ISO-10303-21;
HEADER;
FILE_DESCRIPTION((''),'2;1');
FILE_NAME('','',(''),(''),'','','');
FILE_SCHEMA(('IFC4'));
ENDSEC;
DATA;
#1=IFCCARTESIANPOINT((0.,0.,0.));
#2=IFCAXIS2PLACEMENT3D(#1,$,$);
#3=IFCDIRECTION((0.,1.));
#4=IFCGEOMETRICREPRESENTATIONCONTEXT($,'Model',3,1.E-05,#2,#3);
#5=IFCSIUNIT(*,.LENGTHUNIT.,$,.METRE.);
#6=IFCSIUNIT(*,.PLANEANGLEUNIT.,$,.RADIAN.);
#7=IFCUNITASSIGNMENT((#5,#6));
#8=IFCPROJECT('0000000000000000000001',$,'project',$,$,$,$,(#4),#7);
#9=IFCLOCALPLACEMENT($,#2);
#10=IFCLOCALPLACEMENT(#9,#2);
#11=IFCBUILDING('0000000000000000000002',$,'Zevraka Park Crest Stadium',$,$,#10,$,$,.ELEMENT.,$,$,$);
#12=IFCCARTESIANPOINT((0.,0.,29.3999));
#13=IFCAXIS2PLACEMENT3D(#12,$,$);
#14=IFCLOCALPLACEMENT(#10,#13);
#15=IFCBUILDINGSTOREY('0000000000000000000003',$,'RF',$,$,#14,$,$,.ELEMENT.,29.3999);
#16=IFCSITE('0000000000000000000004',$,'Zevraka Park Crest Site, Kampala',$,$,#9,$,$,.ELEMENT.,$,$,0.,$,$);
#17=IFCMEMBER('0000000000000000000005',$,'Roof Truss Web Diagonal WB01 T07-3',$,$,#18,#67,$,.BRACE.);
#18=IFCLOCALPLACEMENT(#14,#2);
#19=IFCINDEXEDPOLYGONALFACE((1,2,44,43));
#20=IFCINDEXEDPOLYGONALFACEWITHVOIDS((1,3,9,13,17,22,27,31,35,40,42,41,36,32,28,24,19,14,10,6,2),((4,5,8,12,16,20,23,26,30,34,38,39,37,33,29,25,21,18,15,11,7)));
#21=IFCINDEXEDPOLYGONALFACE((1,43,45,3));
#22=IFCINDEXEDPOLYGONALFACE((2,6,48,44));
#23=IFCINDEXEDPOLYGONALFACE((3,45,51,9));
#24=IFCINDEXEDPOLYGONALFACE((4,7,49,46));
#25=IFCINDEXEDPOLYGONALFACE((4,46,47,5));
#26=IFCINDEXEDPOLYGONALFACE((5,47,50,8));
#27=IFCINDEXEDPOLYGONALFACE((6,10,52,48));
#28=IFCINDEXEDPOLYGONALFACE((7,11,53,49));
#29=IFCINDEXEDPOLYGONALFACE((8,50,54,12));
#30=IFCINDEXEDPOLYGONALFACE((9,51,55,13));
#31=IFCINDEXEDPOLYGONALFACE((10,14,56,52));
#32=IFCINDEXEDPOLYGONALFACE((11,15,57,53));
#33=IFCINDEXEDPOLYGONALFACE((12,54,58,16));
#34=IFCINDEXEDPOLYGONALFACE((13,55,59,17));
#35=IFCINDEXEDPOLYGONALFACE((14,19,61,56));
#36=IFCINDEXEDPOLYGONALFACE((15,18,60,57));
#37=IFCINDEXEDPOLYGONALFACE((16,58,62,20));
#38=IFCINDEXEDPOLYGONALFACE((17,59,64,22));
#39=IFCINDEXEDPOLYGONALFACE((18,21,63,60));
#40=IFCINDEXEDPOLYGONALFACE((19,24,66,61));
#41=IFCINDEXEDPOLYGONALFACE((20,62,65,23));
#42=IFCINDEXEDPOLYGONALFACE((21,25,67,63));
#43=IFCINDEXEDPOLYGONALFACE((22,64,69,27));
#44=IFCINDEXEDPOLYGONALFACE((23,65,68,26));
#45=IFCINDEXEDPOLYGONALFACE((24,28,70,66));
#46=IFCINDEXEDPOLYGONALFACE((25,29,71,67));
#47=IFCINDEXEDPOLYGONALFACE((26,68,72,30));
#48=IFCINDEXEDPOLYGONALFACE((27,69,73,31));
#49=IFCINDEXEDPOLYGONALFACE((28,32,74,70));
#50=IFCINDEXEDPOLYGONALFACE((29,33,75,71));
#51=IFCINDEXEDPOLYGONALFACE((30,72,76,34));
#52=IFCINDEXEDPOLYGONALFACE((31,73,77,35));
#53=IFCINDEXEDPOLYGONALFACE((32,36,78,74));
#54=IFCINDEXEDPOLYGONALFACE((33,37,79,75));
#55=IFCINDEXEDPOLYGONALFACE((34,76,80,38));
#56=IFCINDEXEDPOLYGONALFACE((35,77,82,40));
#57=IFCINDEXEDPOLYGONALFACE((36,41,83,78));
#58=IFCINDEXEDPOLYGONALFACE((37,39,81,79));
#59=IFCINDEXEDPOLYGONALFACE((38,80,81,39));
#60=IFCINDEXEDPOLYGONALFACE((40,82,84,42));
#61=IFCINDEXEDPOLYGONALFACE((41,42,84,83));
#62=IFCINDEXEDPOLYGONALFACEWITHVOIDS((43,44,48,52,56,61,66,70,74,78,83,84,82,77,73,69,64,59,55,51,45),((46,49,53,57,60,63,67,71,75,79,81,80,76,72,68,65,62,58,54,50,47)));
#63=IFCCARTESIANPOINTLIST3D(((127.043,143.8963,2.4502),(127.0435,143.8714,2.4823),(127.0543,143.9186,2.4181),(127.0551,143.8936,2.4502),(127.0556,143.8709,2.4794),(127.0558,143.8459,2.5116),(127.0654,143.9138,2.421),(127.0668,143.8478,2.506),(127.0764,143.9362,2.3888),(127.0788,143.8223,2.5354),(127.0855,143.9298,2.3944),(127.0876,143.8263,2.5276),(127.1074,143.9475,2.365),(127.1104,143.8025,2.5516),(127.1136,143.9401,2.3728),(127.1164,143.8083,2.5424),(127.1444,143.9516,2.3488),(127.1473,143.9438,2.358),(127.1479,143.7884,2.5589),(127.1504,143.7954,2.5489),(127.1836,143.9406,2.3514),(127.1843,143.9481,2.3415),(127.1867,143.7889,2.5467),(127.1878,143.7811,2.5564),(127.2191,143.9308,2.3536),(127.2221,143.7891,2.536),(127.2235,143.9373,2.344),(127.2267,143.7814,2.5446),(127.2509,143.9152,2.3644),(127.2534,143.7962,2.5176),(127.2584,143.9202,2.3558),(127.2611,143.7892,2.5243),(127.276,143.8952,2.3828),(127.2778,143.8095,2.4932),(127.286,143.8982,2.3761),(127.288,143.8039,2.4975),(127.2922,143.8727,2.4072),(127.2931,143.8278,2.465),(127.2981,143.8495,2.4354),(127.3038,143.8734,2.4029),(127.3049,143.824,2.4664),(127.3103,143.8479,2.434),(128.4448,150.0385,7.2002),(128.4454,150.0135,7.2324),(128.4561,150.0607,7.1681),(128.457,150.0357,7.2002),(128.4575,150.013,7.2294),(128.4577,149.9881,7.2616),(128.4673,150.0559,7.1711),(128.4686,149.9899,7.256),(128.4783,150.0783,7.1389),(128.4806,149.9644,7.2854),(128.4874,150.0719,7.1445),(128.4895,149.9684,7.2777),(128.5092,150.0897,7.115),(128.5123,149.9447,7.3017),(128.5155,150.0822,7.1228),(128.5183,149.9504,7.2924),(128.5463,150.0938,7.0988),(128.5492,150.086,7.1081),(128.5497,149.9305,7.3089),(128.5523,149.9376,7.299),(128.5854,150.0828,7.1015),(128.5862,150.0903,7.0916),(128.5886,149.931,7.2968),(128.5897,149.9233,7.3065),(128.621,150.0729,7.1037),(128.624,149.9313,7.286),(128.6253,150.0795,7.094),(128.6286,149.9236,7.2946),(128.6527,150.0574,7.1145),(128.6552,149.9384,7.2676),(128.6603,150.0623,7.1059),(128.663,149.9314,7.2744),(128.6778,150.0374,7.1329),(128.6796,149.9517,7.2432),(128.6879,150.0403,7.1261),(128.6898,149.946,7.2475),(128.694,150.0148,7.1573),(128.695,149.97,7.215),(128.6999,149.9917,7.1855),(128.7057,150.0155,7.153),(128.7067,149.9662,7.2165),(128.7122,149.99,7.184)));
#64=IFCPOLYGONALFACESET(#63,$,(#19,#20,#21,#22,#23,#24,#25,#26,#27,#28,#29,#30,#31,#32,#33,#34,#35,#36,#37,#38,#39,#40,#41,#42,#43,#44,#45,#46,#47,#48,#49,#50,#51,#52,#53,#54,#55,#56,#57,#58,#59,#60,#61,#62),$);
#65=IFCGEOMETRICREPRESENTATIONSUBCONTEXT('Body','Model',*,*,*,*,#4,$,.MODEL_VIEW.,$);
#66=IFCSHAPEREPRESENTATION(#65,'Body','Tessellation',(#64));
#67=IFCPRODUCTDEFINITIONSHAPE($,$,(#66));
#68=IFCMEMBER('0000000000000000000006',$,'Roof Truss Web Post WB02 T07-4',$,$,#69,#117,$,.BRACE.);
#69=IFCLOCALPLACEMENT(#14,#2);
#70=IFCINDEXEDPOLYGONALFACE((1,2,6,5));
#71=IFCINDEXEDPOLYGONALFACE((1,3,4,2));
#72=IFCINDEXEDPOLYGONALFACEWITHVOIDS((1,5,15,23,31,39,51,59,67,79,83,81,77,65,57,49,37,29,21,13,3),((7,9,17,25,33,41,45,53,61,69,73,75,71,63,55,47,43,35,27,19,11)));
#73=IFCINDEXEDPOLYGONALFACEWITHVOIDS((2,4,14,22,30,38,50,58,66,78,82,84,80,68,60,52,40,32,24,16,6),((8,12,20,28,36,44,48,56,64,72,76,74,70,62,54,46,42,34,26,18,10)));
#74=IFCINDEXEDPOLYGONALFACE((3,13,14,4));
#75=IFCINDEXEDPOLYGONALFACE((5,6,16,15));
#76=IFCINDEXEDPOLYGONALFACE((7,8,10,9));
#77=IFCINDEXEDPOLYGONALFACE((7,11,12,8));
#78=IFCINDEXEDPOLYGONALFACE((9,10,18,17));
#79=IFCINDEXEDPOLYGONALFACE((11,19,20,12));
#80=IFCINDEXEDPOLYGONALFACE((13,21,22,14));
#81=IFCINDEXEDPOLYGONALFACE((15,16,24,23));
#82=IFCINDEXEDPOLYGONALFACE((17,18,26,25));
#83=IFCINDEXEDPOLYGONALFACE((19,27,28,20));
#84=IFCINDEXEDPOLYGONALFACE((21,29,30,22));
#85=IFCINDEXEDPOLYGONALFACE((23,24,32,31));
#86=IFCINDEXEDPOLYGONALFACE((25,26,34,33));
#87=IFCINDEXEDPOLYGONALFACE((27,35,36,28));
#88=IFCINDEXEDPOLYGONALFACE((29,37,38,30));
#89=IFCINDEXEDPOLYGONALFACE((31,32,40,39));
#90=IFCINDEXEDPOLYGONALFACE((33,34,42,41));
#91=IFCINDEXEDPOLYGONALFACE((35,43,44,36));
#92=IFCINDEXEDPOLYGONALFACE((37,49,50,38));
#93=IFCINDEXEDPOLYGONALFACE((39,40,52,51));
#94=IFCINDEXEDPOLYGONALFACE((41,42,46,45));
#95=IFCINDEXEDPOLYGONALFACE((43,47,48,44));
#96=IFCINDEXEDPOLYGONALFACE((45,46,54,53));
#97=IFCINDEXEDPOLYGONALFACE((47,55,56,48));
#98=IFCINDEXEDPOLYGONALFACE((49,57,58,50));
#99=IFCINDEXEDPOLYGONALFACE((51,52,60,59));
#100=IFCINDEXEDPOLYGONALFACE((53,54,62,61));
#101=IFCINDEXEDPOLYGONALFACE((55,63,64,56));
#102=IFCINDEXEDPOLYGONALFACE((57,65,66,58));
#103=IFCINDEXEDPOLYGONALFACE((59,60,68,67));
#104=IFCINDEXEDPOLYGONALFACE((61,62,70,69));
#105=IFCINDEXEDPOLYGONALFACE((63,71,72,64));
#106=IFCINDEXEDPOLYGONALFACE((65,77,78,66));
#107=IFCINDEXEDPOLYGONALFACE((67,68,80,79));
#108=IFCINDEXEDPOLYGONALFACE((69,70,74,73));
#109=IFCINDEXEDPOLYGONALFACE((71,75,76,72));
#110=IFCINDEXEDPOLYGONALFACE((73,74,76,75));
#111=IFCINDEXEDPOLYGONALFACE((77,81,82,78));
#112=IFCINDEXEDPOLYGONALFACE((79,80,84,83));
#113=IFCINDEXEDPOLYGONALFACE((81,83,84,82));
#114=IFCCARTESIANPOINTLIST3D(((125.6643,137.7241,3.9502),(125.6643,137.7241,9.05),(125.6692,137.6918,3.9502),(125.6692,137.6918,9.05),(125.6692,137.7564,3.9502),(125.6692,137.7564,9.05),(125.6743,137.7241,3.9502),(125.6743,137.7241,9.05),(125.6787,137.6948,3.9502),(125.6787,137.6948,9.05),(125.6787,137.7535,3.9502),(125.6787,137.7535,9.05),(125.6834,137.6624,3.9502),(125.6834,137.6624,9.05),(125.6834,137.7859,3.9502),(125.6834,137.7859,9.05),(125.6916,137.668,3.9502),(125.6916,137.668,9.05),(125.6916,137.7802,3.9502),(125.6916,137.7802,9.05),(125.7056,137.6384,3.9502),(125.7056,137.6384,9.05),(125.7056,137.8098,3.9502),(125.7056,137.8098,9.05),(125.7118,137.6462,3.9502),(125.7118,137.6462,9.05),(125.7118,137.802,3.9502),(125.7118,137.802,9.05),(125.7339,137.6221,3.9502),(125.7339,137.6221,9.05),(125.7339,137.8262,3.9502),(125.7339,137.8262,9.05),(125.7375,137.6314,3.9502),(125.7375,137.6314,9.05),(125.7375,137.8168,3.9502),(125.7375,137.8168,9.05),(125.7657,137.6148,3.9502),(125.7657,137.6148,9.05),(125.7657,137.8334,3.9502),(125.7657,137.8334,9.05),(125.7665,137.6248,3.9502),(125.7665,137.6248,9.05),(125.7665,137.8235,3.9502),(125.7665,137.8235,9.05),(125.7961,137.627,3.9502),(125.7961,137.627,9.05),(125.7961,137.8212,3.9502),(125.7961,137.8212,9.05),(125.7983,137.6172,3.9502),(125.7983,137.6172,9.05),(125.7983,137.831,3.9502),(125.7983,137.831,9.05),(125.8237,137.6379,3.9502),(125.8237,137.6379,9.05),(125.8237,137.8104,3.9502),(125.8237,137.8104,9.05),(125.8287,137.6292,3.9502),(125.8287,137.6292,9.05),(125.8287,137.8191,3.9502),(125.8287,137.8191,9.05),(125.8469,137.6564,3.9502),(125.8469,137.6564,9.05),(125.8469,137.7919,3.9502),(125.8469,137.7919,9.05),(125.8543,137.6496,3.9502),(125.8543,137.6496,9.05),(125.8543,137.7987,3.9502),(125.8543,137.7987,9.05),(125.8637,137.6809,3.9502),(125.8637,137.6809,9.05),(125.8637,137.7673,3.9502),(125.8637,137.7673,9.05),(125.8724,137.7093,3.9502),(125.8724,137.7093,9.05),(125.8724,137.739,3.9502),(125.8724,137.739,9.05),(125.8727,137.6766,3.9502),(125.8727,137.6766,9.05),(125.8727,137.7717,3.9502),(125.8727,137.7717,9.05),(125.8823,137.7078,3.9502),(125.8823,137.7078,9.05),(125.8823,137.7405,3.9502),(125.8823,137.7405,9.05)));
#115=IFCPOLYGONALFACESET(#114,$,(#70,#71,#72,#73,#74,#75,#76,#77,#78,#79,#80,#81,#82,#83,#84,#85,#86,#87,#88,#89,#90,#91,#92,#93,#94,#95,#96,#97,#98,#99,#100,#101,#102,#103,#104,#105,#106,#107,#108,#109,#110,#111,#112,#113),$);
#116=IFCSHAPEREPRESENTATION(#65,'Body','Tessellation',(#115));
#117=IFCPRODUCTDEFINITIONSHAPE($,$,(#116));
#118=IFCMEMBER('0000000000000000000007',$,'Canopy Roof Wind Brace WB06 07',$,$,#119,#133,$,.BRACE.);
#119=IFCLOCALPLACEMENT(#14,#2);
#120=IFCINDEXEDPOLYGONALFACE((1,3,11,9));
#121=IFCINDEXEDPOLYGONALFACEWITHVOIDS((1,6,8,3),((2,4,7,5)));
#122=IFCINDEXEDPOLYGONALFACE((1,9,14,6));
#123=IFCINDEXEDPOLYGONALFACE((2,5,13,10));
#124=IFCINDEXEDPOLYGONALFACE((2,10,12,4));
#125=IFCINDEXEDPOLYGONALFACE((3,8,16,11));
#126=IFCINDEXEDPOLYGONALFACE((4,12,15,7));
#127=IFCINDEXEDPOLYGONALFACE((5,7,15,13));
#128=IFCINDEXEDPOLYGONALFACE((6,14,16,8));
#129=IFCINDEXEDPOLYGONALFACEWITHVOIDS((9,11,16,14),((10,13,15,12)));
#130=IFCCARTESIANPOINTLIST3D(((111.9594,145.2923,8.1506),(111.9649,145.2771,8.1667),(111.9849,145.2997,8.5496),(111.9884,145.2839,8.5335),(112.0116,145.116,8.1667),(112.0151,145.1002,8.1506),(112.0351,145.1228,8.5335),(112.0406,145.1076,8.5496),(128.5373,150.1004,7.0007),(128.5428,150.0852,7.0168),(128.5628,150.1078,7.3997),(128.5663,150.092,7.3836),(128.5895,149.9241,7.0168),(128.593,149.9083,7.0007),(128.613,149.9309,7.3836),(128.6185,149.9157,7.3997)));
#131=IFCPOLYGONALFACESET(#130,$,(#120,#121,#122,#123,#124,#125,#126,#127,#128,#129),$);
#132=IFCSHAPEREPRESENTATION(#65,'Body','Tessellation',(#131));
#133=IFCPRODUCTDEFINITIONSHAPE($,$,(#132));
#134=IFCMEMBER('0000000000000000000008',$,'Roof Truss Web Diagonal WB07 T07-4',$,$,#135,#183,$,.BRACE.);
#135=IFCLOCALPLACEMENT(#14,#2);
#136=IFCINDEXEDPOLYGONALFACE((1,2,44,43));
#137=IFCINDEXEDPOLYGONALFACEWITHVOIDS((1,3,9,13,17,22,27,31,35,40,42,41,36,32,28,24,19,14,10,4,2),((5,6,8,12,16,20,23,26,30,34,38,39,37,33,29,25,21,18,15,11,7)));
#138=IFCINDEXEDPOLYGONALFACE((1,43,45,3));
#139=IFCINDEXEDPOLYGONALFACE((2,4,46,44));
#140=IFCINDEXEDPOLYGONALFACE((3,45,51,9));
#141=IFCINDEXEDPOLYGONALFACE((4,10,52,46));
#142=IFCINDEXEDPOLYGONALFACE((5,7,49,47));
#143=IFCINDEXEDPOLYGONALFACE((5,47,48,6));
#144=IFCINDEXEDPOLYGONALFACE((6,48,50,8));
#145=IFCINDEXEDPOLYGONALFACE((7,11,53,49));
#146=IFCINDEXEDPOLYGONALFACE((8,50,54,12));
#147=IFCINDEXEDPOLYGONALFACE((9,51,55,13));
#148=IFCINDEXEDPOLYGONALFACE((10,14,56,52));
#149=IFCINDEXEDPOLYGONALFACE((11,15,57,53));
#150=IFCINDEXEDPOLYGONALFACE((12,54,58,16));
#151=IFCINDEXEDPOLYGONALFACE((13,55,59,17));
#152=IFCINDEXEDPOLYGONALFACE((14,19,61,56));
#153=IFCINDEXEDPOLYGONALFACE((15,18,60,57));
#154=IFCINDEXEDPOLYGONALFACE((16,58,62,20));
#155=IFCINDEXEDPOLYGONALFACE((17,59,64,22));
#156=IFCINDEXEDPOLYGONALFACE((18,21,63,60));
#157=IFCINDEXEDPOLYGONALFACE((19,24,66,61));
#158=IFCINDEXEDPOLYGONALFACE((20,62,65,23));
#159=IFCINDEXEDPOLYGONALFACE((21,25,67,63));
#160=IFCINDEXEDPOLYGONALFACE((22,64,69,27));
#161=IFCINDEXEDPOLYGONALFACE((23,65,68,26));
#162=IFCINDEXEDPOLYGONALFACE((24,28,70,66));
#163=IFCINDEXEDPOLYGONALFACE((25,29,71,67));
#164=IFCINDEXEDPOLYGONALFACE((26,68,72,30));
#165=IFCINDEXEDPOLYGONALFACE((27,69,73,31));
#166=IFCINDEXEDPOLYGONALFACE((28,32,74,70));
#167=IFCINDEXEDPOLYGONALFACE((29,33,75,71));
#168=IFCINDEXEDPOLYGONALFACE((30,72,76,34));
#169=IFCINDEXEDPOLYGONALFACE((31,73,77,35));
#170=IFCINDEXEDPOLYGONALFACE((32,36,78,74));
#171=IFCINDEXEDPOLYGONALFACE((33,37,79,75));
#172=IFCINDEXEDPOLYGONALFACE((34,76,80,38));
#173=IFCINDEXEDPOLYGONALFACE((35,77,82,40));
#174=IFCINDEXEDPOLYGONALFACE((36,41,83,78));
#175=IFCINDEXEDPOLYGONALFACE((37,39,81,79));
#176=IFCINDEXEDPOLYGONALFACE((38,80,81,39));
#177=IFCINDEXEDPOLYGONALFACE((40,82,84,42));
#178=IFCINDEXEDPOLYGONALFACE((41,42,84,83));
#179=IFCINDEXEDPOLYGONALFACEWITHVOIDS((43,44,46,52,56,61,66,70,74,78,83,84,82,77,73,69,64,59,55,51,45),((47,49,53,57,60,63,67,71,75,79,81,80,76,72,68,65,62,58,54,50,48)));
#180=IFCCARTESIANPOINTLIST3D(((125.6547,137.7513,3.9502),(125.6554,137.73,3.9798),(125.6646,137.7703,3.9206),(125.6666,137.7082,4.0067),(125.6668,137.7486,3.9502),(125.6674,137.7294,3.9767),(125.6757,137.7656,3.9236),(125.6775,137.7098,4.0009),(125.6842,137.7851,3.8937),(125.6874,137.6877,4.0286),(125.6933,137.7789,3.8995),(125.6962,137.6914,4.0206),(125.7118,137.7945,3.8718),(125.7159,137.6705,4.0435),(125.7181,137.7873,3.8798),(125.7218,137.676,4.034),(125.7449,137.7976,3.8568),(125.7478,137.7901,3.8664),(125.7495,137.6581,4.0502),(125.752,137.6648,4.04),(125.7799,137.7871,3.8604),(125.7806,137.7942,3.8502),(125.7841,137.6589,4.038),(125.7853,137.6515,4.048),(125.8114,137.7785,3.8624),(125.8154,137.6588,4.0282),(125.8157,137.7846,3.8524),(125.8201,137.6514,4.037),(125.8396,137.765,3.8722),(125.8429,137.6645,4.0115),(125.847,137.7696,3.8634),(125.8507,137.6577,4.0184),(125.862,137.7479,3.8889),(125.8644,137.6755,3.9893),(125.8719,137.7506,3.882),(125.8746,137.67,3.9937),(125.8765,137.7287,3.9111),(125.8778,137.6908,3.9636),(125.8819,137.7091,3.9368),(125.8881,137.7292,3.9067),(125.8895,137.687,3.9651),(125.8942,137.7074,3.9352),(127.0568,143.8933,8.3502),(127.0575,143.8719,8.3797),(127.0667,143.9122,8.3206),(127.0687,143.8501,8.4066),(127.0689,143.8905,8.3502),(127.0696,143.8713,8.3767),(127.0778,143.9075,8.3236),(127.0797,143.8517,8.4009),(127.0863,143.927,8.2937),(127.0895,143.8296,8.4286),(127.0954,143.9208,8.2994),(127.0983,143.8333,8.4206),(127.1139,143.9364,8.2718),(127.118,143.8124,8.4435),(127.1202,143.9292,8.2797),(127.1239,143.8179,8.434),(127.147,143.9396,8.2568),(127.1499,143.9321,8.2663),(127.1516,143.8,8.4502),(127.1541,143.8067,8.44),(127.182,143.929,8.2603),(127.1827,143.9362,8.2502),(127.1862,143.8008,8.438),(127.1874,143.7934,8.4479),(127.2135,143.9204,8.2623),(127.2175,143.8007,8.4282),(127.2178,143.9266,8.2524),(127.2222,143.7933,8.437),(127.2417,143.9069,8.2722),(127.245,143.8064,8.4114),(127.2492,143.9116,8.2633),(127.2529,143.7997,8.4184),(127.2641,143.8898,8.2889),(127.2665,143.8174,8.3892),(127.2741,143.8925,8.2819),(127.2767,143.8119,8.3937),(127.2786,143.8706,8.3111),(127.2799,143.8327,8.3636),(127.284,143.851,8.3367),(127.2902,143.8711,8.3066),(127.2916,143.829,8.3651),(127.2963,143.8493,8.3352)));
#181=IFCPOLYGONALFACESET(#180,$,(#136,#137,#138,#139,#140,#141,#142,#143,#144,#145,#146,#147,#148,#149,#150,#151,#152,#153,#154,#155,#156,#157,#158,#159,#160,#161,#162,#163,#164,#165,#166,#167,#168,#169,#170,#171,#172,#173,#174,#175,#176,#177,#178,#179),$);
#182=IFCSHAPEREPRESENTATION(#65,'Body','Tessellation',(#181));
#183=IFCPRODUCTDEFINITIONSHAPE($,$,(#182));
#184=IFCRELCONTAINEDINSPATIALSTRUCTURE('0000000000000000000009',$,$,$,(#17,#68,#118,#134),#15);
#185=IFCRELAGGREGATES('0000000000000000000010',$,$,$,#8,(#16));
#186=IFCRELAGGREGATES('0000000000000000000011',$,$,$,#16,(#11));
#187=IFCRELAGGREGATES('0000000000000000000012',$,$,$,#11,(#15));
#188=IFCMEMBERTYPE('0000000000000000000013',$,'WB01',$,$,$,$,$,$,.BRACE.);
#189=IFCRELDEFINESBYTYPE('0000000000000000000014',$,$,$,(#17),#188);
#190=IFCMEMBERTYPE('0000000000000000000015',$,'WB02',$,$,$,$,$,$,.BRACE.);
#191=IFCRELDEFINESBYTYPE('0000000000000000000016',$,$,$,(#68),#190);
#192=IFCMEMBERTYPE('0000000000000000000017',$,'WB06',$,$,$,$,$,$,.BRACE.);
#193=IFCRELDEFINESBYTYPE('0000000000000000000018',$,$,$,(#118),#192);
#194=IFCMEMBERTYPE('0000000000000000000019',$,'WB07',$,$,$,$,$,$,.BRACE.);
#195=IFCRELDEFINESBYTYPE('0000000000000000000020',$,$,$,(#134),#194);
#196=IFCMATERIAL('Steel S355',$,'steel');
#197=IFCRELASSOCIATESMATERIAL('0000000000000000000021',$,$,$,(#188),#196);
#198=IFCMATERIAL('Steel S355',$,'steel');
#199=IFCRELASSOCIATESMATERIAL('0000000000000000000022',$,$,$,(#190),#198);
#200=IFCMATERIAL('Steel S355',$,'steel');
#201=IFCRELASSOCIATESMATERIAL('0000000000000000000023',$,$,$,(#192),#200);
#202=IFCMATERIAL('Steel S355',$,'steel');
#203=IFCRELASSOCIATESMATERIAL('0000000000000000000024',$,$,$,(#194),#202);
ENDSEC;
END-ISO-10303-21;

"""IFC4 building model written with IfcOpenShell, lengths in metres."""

from ifc_helpers import new_model, si_unit, direction, frame, origin, origin_2d, place, context, subcontext, project, spatial, hollow_rectangle, hollow_circle, extrude, material, material_profile, profile_set, type_object, element, save


model = new_model("IFC4")

# Units and contexts
model_context = context("Model", 3, precision=1e-05, world=origin(), true_north=direction((0.0, 1.0)))
body_context = subcontext(model_context, "Body", "Model", "MODEL_VIEW")
ifc_project = project(units=[si_unit("LENGTHUNIT", "METRE"), si_unit("PLANEANGLEUNIT", "RADIAN")], contexts=[model_context])

# Site, building, storey
site_placement = place(None, origin())
site = spatial("IfcSite", under=ifc_project, at=site_placement, Name="Zevraka Park Crest Site, Kampala", CompositionType="ELEMENT", RefElevation=0.0)
building_placement = place(site_placement, origin())
building = spatial("IfcBuilding", under=site, at=building_placement, Name="Zevraka Park Crest Stadium", CompositionType="ELEMENT")
storey_placement = place(building_placement, frame((0.0, 0.0, 29.3999)))
storey = spatial("IfcBuildingStorey", under=building, at=storey_placement, Name="RF", CompositionType="ELEMENT", Elevation=29.3999)

# Members
ifc_material_1 = material(Name="Steel S355", Category="steel")
ifc_material_profile_1 = material_profile(ifc_material_1, hollow_circle(Radius=0.1365, WallThickness=0.0125, at=origin_2d()), Name="CHS 273.0x12.5")
ifc_profile_set_1 = profile_set([ifc_material_profile_1], Name="Steel S355")
member_type_1 = type_object("IfcMemberType", Name="WB01", PredefinedType="BRACE", material=ifc_profile_set_1)
member_1_placement = place(storey_placement, frame((127.176, 143.866, 2.4502), z_axis=(0.177674, 0.77846, 0.602024), x_axis=(-0.974929, 0.222515, 0.0)))
element("IfcMember", 1, at=member_1_placement, inside=storey, type_object=member_type_1, Name="Roof Truss Web Diagonal WB01 T07-3", PredefinedType="BRACE", context=body_context, shape_type="SweptSolid", body=[
    extrude(hollow_circle(Radius=0.1365, WallThickness=0.0125, at=origin_2d()), origin(), (0.0, 0.0, 1.0), 7.8901),
])
ifc_material_2 = material(Name="Steel S355", Category="steel")
ifc_material_profile_2 = material_profile(ifc_material_2, hollow_circle(Radius=0.1096, WallThickness=0.01, at=origin_2d()), Name="CHS 219.1x10")
ifc_profile_set_2 = profile_set([ifc_material_profile_2], Name="Steel S355")
member_type_2 = type_object("IfcMemberType", Name="WB02", PredefinedType="BRACE", material=ifc_profile_set_2)
member_2_placement = place(storey_placement, frame((125.7739, 137.7241, 3.9502), z_axis=(0.0, 0.0, 1.0), x_axis=(0.22257, 0.974917, 0.0)))
element("IfcMember", 2, at=member_2_placement, inside=storey, type_object=member_type_2, Name="Roof Truss Web Post WB02 T07-4", PredefinedType="BRACE", context=body_context, shape_type="SweptSolid", body=[
    extrude(hollow_circle(Radius=0.1096, WallThickness=0.01, at=origin_2d()), origin(), (0.0, 0.0, 1.0), 5.0999),
])
ifc_material_3 = material(Name="Steel S355", Category="steel")
ifc_material_profile_3 = material_profile(ifc_material_3, hollow_rectangle(XDim=0.2, YDim=0.3999, WallThickness=0.0161, at=origin_2d()), Name="RHS 400x200x16")
ifc_profile_set_3 = profile_set([ifc_material_profile_3], Name="Steel S355")
member_type_3 = type_object("IfcMemberType", Name="WB06", PredefinedType="BRACE", material=ifc_profile_set_3)
member_3_placement = place(storey_placement, frame((128.5779, 150.0081, 7.2002), z_axis=(-0.958297, -0.277936, 0.066471), x_axis=(0.278552, -0.960421, 0.0)))
element("IfcMember", 3, at=member_3_placement, inside=storey, type_object=member_type_3, Name="Canopy Roof Wind Brace WB06 07", PredefinedType="BRACE", context=body_context, shape_type="SweptSolid", body=[
    extrude(hollow_rectangle(XDim=0.2, YDim=0.3999, WallThickness=0.0161, at=origin_2d()), origin(), (0.0, 0.0, 1.0), 17.2993),
])
ifc_material_4 = material(Name="Steel S355", Category="steel")
ifc_material_profile_4 = material_profile(ifc_material_4, hollow_circle(Radius=0.1223, WallThickness=0.0125, at=origin_2d()), Name="CHS 244.5x12.5")
ifc_profile_set_4 = profile_set([ifc_material_profile_4], Name="Steel S355")
member_type_4 = type_object("IfcMemberType", Name="WB07", PredefinedType="BRACE", material=ifc_profile_set_4)
member_4_placement = place(storey_placement, frame((125.7739, 137.7241, 3.9502), z_axis=(0.182465, 0.79928, 0.572589), x_axis=(-0.974919, 0.222561, 0.0)))
element("IfcMember", 4, at=member_4_placement, inside=storey, type_object=member_type_4, Name="Roof Truss Web Diagonal WB07 T07-4", PredefinedType="BRACE", context=body_context, shape_type="SweptSolid", body=[
    extrude(hollow_circle(Radius=0.1223, WallThickness=0.0125, at=origin_2d()), origin(), (0.0, 0.0, 1.0), 7.6843),
])

save(model, "model.ifc")
